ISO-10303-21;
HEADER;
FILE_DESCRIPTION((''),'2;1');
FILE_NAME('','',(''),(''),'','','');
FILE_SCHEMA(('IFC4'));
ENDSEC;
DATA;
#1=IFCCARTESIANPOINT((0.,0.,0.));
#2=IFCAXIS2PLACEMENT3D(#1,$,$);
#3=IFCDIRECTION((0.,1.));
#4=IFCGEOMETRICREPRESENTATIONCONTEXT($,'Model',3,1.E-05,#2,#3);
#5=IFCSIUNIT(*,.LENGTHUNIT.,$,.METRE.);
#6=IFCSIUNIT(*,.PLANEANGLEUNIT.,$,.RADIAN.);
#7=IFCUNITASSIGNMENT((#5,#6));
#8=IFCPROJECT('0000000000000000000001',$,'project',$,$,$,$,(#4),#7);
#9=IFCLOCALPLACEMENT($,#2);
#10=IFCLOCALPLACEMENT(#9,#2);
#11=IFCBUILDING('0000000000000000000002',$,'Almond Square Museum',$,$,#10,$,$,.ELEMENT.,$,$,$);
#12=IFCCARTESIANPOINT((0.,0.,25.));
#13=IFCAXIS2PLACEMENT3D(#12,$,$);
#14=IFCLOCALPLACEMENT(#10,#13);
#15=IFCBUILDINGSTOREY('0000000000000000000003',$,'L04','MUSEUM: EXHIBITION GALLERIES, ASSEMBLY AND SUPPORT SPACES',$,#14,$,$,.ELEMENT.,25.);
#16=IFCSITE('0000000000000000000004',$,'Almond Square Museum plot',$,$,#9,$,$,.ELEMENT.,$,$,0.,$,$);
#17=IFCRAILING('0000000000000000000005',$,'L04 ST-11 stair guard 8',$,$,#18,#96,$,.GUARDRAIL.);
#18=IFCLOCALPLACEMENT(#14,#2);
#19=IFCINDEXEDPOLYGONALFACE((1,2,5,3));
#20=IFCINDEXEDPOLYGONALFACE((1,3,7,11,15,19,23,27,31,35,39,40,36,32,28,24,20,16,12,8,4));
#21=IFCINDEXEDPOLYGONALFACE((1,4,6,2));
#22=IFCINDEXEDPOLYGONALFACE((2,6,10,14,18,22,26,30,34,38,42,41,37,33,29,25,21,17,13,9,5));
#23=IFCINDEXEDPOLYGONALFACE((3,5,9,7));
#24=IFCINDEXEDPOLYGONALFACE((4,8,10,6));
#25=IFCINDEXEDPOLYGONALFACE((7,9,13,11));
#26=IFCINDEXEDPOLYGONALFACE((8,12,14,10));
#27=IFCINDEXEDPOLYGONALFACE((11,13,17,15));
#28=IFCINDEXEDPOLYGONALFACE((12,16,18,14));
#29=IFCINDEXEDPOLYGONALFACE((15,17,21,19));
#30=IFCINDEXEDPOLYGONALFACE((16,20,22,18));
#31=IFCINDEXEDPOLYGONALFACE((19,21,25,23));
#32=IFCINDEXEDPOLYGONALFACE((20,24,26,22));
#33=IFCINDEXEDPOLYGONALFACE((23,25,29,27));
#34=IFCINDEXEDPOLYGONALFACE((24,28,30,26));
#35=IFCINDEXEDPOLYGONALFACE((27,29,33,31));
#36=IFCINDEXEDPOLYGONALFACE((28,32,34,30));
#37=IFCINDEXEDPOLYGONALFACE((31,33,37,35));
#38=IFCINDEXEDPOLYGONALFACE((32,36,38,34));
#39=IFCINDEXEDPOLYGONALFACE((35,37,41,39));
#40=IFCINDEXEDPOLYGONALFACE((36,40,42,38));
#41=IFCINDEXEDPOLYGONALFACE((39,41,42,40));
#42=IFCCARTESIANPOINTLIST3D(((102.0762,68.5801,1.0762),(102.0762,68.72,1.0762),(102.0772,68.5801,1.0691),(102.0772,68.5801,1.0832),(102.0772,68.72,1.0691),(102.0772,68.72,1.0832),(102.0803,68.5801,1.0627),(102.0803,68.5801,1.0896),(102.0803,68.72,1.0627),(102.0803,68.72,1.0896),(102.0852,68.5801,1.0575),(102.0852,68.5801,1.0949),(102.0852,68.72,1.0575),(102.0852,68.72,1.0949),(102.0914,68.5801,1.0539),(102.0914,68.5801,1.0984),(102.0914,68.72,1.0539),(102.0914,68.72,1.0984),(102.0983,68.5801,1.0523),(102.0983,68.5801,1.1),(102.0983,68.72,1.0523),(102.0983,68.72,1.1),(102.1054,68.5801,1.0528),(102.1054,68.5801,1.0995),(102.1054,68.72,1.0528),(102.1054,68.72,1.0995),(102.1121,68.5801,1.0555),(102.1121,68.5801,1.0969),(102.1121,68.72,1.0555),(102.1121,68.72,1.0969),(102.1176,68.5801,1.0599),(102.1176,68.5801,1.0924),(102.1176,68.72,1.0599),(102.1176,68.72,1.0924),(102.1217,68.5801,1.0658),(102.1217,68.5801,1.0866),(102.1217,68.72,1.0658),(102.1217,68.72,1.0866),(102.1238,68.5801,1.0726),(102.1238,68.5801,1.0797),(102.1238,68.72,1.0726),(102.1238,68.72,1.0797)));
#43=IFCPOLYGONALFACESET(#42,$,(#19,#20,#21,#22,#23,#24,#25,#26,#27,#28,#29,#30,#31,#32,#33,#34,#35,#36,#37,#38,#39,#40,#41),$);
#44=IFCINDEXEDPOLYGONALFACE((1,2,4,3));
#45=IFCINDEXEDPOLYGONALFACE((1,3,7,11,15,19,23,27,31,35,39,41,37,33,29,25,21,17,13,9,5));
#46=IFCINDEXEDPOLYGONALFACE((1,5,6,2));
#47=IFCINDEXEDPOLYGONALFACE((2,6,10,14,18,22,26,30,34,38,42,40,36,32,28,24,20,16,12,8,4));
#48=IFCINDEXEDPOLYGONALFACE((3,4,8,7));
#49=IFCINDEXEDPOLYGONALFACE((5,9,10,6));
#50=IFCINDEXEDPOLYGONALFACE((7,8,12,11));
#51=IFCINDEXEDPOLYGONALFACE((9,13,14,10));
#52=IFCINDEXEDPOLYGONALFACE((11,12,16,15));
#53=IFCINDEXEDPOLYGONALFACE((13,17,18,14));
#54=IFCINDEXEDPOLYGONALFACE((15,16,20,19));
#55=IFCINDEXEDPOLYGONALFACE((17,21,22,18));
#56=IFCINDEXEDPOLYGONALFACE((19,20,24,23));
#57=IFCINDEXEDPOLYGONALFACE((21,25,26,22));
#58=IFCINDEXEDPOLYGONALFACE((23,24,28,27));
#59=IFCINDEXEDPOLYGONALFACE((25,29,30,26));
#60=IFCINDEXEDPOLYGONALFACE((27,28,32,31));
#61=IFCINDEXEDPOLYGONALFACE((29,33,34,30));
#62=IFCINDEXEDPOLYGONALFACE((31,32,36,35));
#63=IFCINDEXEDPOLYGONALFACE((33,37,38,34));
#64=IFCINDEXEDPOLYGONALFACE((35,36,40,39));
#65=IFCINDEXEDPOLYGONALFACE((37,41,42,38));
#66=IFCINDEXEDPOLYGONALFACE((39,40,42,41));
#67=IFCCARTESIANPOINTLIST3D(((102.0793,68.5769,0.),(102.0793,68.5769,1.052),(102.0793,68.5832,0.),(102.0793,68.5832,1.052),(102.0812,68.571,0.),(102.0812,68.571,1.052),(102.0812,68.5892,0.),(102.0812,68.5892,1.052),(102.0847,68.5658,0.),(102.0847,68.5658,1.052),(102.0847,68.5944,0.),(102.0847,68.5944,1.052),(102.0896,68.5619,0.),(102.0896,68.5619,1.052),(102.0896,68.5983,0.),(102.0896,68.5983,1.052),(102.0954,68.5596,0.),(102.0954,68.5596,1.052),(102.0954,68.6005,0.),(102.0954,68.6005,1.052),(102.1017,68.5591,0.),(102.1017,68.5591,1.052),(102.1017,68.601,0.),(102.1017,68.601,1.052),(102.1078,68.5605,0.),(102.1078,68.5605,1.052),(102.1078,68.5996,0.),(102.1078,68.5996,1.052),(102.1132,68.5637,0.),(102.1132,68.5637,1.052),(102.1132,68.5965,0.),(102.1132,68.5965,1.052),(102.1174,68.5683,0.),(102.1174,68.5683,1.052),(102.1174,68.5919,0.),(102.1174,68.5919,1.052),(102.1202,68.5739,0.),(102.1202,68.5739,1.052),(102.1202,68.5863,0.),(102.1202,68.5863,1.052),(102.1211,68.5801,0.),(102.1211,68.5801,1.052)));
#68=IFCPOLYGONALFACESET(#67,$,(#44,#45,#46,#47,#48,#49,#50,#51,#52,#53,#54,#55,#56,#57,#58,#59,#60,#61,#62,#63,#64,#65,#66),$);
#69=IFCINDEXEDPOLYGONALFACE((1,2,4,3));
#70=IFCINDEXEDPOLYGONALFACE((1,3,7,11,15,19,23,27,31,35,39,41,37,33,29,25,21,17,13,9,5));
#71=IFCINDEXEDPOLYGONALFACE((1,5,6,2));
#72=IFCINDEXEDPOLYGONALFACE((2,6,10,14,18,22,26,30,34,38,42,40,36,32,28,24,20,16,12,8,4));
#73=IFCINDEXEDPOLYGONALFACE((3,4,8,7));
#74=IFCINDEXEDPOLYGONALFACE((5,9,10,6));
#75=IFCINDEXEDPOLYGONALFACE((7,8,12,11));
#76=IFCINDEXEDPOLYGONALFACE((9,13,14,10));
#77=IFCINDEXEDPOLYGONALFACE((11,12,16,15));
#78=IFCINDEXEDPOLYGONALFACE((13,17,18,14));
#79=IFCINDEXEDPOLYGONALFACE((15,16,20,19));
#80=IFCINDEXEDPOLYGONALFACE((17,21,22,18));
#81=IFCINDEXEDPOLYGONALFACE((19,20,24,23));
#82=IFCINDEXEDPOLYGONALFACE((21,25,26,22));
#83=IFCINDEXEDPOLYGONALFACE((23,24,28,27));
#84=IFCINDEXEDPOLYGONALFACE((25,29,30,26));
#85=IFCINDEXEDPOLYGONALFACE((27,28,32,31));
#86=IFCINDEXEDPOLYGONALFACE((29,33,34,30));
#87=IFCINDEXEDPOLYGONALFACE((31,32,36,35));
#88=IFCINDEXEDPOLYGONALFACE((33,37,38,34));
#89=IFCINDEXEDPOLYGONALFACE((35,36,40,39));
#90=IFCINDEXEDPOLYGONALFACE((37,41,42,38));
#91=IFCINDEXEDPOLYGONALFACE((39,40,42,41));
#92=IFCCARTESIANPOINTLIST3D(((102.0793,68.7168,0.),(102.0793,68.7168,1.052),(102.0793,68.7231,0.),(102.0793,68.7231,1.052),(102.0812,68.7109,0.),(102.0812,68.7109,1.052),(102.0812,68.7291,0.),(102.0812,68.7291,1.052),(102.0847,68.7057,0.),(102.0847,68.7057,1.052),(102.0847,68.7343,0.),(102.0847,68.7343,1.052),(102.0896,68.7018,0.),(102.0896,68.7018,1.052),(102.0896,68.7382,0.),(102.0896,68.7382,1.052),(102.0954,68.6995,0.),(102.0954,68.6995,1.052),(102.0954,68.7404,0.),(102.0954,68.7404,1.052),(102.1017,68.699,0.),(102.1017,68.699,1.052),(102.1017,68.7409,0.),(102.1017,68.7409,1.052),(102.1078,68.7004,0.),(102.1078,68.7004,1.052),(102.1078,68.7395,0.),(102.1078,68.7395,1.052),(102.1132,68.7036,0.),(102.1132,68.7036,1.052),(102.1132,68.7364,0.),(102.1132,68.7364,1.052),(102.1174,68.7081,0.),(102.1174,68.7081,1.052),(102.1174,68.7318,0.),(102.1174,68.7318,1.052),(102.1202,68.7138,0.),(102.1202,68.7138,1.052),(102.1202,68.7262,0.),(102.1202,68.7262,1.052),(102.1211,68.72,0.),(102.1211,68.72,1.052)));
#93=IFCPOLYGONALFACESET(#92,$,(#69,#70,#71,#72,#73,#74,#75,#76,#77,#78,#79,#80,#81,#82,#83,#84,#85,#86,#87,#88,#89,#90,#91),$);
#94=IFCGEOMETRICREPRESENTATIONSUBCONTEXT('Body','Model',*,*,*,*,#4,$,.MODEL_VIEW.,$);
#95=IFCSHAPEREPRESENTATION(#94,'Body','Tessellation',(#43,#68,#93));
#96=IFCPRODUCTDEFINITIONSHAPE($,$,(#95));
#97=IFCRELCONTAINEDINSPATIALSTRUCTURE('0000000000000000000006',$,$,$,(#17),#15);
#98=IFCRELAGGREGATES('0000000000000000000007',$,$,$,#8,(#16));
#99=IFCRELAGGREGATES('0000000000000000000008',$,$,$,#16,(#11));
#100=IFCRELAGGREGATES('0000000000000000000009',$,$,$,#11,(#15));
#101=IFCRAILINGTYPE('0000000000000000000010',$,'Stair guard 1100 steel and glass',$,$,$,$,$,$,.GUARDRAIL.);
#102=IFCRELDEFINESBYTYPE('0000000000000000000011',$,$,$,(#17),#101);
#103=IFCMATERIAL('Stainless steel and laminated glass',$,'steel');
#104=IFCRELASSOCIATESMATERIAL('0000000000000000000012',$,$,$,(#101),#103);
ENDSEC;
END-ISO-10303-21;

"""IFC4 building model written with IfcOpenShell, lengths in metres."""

from ifc_helpers import new_model, si_unit, direction, frame, origin, origin_2d, place, context, subcontext, project, spatial, circle, extrude, material, type_object, element, save


model = new_model("IFC4")

# Units and contexts
model_context = context("Model", 3, precision=1e-05, world=origin(), true_north=direction((0.0, 1.0)))
body_context = subcontext(model_context, "Body", "Model", "MODEL_VIEW")
ifc_project = project(units=[si_unit("LENGTHUNIT", "METRE"), si_unit("PLANEANGLEUNIT", "RADIAN")], contexts=[model_context])

# Site, building, storey
site_placement = place(None, origin())
site = spatial("IfcSite", under=ifc_project, at=site_placement, Name="Almond Square Museum plot", CompositionType="ELEMENT", RefElevation=0.0)
building_placement = place(site_placement, origin())
building = spatial("IfcBuilding", under=site, at=building_placement, Name="Almond Square Museum", CompositionType="ELEMENT")
storey_placement = place(building_placement, frame((0.0, 0.0, 25.0)))
storey = spatial("IfcBuildingStorey", under=building, at=storey_placement, Name="L04", Description="MUSEUM: EXHIBITION GALLERIES, ASSEMBLY AND SUPPORT SPACES", CompositionType="ELEMENT", Elevation=25.0)

# Railing
ifc_material_1 = material(Name="Stainless steel and laminated glass", Category="steel")
railing_type = type_object("IfcRailingType", Name="Stair guard 1100 steel and glass", PredefinedType="GUARDRAIL", material=ifc_material_1)
for number, where, name in (
    (1, (102.1001, 68.5801, 0.0), "L04 ST-11 stair guard 8"),
):
    element("IfcRailing", number, at=place(storey_placement, frame(where)), inside=storey, type_object=railing_type, Name=name, PredefinedType="GUARDRAIL", context=body_context, shape_type="SweptSolid", body=[
        extrude(circle(Radius=0.0239, at=origin_2d()), frame((0.0, 0.0, 1.0762), z_axis=(0.0, 1.0, 0.0), x_axis=(-1.0, 0.0, 0.0)), (0.0, 0.0, 1.0), 0.1399),
        extrude(circle(Radius=0.021, at=origin_2d()), origin(), (0.0, 0.0, 1.0), 1.052),
        extrude(circle(Radius=0.021, at=origin_2d()), frame((0.0, 0.1399, 0.0)), (0.0, 0.0, 1.0), 1.052),
    ])

save(model, "model.ifc")
